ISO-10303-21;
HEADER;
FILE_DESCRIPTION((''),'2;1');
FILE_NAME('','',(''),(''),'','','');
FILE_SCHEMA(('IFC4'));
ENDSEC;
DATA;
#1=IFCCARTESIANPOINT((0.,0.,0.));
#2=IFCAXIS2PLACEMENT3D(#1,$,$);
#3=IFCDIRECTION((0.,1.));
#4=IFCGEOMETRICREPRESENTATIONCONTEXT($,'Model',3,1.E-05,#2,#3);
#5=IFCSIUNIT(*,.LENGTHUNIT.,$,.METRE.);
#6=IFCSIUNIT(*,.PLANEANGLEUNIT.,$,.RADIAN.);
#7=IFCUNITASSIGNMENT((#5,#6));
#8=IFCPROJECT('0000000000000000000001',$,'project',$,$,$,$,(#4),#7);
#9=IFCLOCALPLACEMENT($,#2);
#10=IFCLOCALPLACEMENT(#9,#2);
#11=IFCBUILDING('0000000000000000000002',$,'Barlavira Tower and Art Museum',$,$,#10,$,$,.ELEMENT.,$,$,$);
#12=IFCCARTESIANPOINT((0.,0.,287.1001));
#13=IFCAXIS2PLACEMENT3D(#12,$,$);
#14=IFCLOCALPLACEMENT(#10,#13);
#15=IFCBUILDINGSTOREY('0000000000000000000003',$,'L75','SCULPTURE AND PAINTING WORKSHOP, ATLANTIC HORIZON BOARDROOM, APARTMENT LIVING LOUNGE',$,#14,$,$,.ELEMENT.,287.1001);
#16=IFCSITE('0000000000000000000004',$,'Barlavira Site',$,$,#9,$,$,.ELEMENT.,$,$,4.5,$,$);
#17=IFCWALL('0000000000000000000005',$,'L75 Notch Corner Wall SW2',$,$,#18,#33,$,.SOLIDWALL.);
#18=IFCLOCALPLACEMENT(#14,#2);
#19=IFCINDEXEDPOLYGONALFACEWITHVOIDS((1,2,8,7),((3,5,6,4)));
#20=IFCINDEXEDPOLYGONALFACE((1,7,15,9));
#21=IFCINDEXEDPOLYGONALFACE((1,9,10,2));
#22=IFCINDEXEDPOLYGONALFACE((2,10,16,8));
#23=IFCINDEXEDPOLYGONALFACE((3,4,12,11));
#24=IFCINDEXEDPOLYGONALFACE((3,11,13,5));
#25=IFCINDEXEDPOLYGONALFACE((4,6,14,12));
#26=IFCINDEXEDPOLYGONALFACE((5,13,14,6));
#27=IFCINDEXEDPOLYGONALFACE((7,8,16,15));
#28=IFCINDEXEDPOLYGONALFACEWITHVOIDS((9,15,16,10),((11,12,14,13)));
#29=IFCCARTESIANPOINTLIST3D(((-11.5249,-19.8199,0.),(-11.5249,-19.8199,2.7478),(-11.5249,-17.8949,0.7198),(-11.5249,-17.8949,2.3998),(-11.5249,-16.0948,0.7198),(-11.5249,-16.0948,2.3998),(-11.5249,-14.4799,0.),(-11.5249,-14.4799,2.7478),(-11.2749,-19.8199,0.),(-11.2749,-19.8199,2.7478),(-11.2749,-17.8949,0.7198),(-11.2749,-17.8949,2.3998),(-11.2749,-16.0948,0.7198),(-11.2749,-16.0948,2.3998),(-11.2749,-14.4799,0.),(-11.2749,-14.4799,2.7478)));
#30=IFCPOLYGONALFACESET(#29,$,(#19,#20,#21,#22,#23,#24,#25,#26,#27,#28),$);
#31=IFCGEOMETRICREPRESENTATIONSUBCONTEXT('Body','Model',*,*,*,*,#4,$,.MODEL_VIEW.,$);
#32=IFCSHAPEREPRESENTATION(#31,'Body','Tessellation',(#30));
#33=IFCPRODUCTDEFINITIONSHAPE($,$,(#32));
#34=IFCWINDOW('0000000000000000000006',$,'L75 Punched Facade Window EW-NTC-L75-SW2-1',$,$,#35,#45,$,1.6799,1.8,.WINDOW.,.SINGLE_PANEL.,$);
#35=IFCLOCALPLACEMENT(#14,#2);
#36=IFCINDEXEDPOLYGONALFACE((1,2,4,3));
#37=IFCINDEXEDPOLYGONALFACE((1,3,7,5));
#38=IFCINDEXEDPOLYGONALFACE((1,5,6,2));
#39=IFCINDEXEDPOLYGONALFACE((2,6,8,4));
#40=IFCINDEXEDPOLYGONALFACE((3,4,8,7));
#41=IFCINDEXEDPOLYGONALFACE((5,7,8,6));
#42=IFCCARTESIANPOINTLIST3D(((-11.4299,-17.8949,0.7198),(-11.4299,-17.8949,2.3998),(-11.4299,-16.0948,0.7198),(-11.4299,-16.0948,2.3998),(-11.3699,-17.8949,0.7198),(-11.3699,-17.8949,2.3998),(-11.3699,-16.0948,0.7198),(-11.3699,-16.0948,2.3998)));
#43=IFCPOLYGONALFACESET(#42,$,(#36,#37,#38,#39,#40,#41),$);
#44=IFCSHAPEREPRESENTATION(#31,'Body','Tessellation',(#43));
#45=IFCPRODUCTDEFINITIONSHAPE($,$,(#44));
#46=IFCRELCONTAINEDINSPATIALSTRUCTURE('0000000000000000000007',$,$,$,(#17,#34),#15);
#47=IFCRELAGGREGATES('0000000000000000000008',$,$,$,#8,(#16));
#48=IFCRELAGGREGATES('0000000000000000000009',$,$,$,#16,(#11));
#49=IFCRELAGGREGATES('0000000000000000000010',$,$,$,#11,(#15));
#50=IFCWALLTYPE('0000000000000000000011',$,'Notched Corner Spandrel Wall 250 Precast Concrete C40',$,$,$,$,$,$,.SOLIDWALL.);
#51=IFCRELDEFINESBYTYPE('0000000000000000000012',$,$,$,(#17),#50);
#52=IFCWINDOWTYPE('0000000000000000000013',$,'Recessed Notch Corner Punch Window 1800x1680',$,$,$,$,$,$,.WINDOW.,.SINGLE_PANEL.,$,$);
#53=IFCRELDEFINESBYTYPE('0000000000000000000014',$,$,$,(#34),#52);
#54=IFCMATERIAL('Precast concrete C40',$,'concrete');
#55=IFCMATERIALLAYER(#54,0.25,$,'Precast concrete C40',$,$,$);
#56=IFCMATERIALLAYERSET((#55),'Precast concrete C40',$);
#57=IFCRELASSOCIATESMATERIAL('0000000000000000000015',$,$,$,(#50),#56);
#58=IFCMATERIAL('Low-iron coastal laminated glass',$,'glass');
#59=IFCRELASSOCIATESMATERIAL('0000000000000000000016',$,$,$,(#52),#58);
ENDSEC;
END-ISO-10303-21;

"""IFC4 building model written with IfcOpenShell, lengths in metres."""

from ifc_helpers import new_model, si_unit, direction, frame, frame_2d, origin, place, context, subcontext, project, spatial, rectangle, extrude, material, layer, layer_set, type_object, element, fill, save


model = new_model("IFC4")

# Units and contexts
model_context = context("Model", 3, precision=1e-05, world=origin(), true_north=direction((0.0, 1.0)))
body_context = subcontext(model_context, "Body", "Model", "MODEL_VIEW")
ifc_project = project(units=[si_unit("LENGTHUNIT", "METRE"), si_unit("PLANEANGLEUNIT", "RADIAN")], contexts=[model_context])

# Site, building, storey
site_placement = place(None, origin())
site = spatial("IfcSite", under=ifc_project, at=site_placement, Name="Barlavira Site", CompositionType="ELEMENT", RefElevation=4.5)
building_placement = place(site_placement, origin())
building = spatial("IfcBuilding", under=site, at=building_placement, Name="Barlavira Tower and Art Museum", CompositionType="ELEMENT")
storey_placement = place(building_placement, frame((0.0, 0.0, 287.1001)))
storey = spatial("IfcBuildingStorey", under=building, at=storey_placement, Name="L75", Description="SCULPTURE AND PAINTING WORKSHOP, ATLANTIC HORIZON BOARDROOM, APARTMENT LIVING LOUNGE", CompositionType="ELEMENT", Elevation=287.1001)

# Shared definitions
ifc_material_1 = material(Name="Precast concrete C40", Category="concrete")
ifc_layer_1 = layer(ifc_material_1, 0.25, Name="Precast concrete C40")
ifc_layer_set_1 = layer_set([ifc_layer_1], Name="Precast concrete C40")
wall_type_1 = type_object("IfcWallType", Name="Notched Corner Spandrel Wall 250 Precast Concrete C40", PredefinedType="SOLIDWALL", material=ifc_layer_set_1)
ifc_material_2 = material(Name="Low-iron coastal laminated glass", Category="glass")
window_type = type_object("IfcWindowType", Name="Recessed Notch Corner Punch Window 1800x1680", PartitioningType="SINGLE_PANEL", PredefinedType="WINDOW", material=ifc_material_2)

# Wall, opening, window
wall_1_placement = place(storey_placement, frame((-11.3999, -14.48, 0.0), z_axis=(0.0, 0.0, 1.0), x_axis=(0.0, -1.0, 0.0)))
wall_1 = element("IfcWall", 1, at=wall_1_placement, inside=storey, type_object=wall_type_1, Name="L75 Notch Corner Wall SW2", PredefinedType="SOLIDWALL", context=body_context, shape_type="SweptSolid", body=[
    extrude(rectangle(XDim=5.3401, YDim=0.25, at=frame_2d((2.6699, 0.0))), origin(), (0.0, 0.0, 1.0), 2.7478),
])
opening_1_placement = place(wall_1_placement, frame((1.615, 0.0, 0.72)))
opening_1 = element("IfcOpeningElement", 2, at=opening_1_placement, cuts=wall_1, PredefinedType="OPENING", context=body_context, shape_type="SweptSolid", body=[
    extrude(rectangle(XDim=1.8, YDim=1.6799, at=frame_2d((0.8999, 0.8398))), frame((0.0, 0.135, 0.0), z_axis=(0.0, -1.0, 0.0), x_axis=(1.0, 0.0, 0.0)), (0.0, 0.0, 1.0), 0.27),
])
window_1_placement = place(opening_1_placement, origin())
window_1 = element("IfcWindow", 3, at=window_1_placement, inside=storey, type_object=window_type, Name="L75 Punched Facade Window EW-NTC-L75-SW2-1", OverallHeight=1.6799, OverallWidth=1.8, PartitioningType="SINGLE_PANEL", PredefinedType="WINDOW", context=body_context, shape_type="SweptSolid", body=[
    extrude(rectangle(XDim=1.8, YDim=1.6799, at=frame_2d((0.8999, 0.8398))), frame((0.0, 0.03, 0.0), z_axis=(0.0, -1.0, 0.0), x_axis=(1.0, 0.0, 0.0)), (0.0, 0.0, 1.0), 0.0601),
])
fill(opening_1, window_1)

save(model, "model.ifc")
